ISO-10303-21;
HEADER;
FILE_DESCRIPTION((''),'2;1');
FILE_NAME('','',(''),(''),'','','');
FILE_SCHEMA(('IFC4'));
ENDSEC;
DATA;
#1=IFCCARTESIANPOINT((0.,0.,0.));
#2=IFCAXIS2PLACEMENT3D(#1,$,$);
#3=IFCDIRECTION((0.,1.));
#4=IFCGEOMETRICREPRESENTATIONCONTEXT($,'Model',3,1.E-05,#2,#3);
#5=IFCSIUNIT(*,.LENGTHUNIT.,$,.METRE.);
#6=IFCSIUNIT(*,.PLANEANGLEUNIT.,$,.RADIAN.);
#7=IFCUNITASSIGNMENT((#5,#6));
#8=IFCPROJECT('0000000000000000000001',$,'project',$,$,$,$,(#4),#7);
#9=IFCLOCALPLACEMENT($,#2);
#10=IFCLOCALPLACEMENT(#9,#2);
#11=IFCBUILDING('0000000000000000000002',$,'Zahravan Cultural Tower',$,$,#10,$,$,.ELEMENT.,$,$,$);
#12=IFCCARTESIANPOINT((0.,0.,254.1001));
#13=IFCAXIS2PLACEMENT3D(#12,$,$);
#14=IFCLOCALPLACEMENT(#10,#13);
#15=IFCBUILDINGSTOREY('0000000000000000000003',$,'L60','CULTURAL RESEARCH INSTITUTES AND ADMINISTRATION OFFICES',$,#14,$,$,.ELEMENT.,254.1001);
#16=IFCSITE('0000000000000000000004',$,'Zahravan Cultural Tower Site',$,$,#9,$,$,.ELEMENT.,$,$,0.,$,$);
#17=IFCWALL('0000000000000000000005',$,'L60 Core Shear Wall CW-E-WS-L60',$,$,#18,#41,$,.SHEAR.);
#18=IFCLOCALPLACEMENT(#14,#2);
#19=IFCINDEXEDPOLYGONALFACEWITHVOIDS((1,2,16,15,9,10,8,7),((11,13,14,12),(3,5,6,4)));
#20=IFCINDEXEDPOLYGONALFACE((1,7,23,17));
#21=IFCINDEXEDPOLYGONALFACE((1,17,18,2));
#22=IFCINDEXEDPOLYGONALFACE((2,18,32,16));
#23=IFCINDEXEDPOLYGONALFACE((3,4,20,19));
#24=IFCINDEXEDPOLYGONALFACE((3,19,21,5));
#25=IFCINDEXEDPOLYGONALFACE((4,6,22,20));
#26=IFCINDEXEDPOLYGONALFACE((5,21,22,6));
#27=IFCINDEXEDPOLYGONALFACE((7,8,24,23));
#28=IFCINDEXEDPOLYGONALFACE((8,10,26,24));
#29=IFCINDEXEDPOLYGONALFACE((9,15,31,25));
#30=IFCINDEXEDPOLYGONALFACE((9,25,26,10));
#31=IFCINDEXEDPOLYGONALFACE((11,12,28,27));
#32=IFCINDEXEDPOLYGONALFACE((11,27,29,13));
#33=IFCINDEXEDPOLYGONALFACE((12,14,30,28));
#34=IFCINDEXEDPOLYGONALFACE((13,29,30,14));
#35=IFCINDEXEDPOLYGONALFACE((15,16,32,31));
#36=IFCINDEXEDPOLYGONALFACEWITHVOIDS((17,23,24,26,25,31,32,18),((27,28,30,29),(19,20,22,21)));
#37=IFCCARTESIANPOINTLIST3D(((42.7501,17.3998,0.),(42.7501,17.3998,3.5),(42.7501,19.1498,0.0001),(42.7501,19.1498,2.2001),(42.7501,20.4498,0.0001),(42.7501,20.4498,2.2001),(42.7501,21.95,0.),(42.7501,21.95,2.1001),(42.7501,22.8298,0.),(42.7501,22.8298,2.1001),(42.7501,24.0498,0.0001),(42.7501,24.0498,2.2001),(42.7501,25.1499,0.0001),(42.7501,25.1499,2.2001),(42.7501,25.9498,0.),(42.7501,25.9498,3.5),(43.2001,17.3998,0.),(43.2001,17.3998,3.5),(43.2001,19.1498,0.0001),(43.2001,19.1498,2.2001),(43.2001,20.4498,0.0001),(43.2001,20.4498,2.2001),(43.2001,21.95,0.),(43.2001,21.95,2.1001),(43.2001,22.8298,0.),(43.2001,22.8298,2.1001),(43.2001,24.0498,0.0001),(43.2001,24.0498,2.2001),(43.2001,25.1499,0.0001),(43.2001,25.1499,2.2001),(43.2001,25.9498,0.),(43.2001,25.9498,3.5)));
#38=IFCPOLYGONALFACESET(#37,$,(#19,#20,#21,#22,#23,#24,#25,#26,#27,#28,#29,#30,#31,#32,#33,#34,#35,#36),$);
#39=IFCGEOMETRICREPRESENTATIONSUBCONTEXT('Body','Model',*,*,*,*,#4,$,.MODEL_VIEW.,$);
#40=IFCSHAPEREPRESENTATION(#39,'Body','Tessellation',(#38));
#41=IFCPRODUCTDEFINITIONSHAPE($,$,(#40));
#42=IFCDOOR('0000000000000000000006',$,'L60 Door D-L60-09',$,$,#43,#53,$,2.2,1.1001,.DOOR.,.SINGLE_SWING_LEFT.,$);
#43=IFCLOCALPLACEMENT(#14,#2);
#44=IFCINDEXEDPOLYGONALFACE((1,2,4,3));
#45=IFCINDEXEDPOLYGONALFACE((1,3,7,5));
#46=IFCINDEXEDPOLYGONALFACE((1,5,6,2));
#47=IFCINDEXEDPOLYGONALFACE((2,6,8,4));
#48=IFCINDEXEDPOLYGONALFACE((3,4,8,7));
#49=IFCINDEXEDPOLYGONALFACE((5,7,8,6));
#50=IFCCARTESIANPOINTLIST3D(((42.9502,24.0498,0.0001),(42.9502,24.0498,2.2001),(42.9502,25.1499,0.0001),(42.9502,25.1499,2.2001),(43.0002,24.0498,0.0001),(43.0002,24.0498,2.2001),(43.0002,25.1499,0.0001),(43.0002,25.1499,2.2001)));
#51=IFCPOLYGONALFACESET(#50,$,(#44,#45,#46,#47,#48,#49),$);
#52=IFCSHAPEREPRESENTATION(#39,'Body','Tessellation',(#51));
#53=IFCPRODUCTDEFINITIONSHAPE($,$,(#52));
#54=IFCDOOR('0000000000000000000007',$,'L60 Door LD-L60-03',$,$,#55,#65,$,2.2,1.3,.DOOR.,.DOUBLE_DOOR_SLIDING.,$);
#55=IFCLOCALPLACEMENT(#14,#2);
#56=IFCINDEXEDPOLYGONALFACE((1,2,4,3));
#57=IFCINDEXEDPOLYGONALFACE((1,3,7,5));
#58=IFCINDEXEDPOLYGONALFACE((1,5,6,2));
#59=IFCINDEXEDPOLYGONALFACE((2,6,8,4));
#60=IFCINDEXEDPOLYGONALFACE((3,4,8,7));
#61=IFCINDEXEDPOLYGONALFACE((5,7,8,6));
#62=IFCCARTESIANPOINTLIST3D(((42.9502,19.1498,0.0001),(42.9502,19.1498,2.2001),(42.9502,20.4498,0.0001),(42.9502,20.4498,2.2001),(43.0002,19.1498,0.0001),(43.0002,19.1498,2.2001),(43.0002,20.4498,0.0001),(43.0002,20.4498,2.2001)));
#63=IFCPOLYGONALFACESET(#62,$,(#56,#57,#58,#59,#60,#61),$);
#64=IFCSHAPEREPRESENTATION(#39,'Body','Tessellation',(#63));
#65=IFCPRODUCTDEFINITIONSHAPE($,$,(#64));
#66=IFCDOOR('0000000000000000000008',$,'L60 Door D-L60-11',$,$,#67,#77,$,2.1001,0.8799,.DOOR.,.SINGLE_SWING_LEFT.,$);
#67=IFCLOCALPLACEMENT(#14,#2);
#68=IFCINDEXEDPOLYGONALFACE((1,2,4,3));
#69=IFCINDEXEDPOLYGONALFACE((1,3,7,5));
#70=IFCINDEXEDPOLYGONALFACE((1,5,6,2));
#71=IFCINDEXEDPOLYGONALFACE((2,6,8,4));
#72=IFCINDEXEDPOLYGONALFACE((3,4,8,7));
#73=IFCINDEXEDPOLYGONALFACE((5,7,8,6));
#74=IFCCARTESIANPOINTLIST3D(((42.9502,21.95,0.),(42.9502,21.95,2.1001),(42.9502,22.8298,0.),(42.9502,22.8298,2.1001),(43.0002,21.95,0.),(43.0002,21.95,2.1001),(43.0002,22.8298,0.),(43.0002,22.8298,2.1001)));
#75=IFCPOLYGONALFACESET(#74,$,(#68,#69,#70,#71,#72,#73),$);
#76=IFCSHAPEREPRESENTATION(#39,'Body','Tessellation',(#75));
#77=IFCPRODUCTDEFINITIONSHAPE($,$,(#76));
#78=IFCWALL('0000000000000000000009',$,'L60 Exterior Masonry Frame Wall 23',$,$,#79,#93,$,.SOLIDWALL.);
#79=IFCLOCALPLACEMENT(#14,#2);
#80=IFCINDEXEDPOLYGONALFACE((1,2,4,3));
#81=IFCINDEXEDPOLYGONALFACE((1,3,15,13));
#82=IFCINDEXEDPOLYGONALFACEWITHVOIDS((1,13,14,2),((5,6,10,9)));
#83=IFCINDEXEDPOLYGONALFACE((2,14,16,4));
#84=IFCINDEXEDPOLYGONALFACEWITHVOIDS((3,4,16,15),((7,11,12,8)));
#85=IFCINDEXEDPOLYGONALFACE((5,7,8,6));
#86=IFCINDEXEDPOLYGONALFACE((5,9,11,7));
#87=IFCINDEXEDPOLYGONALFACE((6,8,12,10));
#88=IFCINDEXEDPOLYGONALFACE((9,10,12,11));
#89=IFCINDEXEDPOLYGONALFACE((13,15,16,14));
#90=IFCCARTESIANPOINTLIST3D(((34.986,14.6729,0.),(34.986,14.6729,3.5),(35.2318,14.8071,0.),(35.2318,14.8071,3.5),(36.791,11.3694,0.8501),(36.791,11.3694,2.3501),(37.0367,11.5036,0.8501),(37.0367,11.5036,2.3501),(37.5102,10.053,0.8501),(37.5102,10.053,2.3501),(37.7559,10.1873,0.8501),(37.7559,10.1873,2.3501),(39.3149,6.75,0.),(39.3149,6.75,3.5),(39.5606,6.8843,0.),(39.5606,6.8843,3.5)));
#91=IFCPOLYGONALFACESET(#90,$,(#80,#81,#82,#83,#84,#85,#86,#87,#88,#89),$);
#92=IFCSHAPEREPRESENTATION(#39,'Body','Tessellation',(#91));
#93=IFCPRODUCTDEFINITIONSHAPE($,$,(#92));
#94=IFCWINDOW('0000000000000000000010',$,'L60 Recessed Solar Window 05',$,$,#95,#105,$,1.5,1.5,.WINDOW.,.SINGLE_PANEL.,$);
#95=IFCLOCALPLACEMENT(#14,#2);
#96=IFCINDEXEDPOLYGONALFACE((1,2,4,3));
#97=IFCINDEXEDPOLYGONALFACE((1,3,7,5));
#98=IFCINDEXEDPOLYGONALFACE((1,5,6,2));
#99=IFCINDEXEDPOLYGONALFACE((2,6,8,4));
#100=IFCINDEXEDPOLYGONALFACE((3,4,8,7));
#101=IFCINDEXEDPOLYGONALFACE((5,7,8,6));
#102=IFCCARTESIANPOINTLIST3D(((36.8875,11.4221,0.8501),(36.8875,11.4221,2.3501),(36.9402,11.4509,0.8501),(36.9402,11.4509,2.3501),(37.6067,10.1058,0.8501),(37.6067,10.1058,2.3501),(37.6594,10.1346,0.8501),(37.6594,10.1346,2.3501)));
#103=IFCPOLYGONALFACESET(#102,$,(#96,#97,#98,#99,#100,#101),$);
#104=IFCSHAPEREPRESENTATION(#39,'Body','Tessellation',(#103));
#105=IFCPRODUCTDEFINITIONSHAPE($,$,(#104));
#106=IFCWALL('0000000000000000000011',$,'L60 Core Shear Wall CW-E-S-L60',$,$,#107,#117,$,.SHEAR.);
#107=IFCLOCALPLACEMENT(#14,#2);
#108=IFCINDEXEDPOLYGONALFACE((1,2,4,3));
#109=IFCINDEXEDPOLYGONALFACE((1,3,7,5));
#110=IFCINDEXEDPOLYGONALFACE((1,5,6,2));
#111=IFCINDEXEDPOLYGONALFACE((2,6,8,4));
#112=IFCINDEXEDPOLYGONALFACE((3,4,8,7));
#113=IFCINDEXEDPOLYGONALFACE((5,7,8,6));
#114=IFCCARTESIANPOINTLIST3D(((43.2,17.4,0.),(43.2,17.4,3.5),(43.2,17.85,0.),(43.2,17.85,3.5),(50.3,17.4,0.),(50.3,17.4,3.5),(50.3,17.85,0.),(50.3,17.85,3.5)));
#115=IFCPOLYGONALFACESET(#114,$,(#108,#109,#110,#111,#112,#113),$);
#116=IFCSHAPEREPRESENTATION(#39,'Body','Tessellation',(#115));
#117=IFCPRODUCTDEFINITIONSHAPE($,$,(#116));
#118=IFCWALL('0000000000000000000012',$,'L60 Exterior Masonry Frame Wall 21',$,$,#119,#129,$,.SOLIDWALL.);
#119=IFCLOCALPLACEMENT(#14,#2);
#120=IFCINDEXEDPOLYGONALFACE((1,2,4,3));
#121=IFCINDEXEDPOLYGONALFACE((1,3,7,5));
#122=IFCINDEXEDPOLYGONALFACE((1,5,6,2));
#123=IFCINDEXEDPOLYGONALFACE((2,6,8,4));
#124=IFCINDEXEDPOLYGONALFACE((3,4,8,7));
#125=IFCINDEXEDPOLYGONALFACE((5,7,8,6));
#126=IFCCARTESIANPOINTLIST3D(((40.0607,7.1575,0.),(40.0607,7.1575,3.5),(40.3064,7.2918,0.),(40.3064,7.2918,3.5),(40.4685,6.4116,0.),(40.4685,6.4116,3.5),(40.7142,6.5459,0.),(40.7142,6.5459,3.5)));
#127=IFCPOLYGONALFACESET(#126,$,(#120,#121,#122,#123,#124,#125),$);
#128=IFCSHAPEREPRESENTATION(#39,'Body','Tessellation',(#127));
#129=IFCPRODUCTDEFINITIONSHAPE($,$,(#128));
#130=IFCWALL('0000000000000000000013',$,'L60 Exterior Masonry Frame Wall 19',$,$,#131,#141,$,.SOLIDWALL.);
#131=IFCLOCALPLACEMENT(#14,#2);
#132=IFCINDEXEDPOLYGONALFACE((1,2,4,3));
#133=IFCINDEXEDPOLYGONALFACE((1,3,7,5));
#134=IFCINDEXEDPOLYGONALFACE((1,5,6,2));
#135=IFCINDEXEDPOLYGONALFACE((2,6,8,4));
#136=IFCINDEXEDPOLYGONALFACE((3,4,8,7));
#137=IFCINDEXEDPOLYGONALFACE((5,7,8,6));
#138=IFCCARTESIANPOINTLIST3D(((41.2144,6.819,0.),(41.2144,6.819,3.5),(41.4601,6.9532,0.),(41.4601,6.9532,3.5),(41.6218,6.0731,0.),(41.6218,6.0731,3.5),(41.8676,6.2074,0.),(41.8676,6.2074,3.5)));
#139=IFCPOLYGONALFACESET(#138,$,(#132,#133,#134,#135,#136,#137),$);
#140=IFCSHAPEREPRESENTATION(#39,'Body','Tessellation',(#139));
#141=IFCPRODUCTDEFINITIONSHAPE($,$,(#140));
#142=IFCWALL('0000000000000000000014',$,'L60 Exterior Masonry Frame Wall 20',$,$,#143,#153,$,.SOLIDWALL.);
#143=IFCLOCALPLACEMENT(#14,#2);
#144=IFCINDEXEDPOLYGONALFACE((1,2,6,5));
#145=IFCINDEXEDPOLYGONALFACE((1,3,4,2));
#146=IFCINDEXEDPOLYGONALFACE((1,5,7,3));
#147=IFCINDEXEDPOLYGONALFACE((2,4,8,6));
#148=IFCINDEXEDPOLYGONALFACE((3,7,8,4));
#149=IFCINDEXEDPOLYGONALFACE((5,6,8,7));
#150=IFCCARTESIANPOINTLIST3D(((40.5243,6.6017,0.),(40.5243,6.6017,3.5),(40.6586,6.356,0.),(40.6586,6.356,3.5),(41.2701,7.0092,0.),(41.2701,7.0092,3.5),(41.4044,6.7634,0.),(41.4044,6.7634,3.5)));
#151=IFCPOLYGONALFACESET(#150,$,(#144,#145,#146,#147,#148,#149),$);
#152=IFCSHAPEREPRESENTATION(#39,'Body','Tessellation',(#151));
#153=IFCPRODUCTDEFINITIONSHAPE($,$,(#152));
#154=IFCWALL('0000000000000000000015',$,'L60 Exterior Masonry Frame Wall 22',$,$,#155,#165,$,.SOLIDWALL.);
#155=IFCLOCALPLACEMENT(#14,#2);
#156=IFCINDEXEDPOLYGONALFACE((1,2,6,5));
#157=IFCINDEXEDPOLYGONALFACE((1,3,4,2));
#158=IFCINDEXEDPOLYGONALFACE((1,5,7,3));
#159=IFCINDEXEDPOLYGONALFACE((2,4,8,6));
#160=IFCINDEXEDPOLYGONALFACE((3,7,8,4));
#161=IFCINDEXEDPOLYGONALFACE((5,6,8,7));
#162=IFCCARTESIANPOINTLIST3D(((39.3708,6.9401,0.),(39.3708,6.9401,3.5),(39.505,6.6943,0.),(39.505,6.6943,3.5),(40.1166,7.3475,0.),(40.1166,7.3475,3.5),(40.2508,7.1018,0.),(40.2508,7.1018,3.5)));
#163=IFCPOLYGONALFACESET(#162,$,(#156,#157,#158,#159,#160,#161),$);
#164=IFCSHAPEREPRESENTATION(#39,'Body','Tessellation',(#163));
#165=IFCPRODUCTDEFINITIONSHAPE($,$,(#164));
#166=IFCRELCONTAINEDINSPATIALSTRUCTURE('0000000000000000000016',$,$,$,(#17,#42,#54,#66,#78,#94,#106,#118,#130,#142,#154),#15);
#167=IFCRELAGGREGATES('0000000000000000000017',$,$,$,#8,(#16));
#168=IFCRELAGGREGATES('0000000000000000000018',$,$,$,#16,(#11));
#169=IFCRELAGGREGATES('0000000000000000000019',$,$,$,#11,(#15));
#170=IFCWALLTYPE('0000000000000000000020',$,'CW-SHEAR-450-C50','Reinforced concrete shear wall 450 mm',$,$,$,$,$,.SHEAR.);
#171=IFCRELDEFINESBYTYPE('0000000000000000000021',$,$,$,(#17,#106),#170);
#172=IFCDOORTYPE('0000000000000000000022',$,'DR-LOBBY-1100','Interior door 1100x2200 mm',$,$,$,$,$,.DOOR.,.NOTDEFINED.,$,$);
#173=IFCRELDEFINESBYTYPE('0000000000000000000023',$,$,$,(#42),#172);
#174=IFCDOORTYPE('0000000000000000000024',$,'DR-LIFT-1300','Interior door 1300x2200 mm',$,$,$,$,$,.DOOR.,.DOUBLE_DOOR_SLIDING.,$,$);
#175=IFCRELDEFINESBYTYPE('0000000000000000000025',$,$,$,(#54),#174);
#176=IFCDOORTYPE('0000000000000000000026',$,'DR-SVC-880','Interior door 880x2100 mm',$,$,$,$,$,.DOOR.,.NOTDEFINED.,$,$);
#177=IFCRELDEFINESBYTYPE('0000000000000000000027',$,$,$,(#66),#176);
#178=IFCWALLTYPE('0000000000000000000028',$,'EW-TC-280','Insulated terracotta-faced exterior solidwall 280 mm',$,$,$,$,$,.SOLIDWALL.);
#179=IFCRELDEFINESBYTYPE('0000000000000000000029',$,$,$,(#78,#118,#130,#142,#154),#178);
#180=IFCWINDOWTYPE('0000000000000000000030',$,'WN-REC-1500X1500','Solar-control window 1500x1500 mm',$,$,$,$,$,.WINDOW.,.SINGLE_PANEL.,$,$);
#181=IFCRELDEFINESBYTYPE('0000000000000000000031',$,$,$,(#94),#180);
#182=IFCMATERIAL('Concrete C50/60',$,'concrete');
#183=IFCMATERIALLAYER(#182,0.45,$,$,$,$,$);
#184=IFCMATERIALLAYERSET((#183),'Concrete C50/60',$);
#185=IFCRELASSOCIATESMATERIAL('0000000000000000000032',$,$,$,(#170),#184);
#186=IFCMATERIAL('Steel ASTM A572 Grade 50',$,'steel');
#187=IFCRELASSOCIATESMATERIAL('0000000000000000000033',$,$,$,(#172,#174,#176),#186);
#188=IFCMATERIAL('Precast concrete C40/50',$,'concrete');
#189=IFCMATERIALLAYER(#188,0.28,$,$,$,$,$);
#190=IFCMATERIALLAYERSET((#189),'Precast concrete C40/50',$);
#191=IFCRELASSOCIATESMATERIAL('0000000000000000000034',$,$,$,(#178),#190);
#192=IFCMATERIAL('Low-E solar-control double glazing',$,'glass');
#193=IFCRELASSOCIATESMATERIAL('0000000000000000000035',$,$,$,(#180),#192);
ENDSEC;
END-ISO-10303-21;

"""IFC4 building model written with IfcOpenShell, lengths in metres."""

from ifc_helpers import new_model, si_unit, direction, frame, frame_2d, origin, place, context, subcontext, project, spatial, rectangle, extrude, source, transform, mapped, material, layer, layer_set, type_object, element, fill, save


model = new_model("IFC4")

# Units and contexts
model_context = context("Model", 3, precision=1e-05, world=origin(), true_north=direction((0.0, 1.0)))
body_context = subcontext(model_context, "Body", "Model", "MODEL_VIEW")
ifc_project = project(units=[si_unit("LENGTHUNIT", "METRE"), si_unit("PLANEANGLEUNIT", "RADIAN")], contexts=[model_context])

# Site, building, storey
site_placement = place(None, origin())
site = spatial("IfcSite", under=ifc_project, at=site_placement, Name="Zahravan Cultural Tower Site", CompositionType="ELEMENT", RefElevation=0.0)
building_placement = place(site_placement, origin())
building = spatial("IfcBuilding", under=site, at=building_placement, Name="Zahravan Cultural Tower", CompositionType="ELEMENT")
storey_placement = place(building_placement, frame((0.0, 0.0, 254.1001)))
storey = spatial("IfcBuildingStorey", under=building, at=storey_placement, Name="L60", Description="CULTURAL RESEARCH INSTITUTES AND ADMINISTRATION OFFICES", CompositionType="ELEMENT", Elevation=254.1001)

# Shared definitions
ifc_material_1 = material(Name="Concrete C50/60", Category="concrete")

# Wall, openings, doors
ifc_layer_1 = layer(ifc_material_1, 0.45)
ifc_layer_set_1 = layer_set([ifc_layer_1], Name="Concrete C50/60")
wall_type_1 = type_object("IfcWallType", Name="CW-SHEAR-450-C50", Description="Reinforced concrete shear wall 450 mm", PredefinedType="SHEAR", material=ifc_layer_set_1)
wall_1_placement = place(storey_placement, frame((42.9751, 17.3999, 0.0), z_axis=(0.0, 0.0, 1.0), x_axis=(0.0, 1.0, 0.0)))
wall_1 = element("IfcWall", 1, at=wall_1_placement, inside=storey, type_object=wall_type_1, Name="L60 Core Shear Wall CW-E-WS-L60", PredefinedType="SHEAR", context=body_context, shape_type="SweptSolid", body=[
    extrude(rectangle(XDim=8.55, YDim=0.45, at=frame_2d((4.2749, 0.0))), origin(), (0.0, 0.0, 1.0), 3.5),
])
opening_1_placement = place(wall_1_placement, frame((6.6499, 0.0, 0.0)))
opening_1 = element("IfcOpeningElement", 2, at=opening_1_placement, cuts=wall_1, PredefinedType="OPENING", context=body_context, shape_type="SweptSolid", body=[
    extrude(rectangle(XDim=1.1001, YDim=2.2, at=frame_2d((0.55, 1.1001))), frame((0.0, 0.2349, 0.0), z_axis=(0.0, -1.0, 0.0), x_axis=(1.0, 0.0, 0.0)), (0.0, 0.0, 1.0), 0.47),
])
opening_2_placement = place(wall_1_placement, frame((1.75, 0.0, 0.0)))
opening_2 = element("IfcOpeningElement", 3, at=opening_2_placement, cuts=wall_1, PredefinedType="OPENING", context=body_context, shape_type="SweptSolid", body=[
    extrude(rectangle(XDim=1.3, YDim=2.2, at=frame_2d((0.6499, 1.1001))), frame((0.0, 0.2349, 0.0), z_axis=(0.0, -1.0, 0.0), x_axis=(1.0, 0.0, 0.0)), (0.0, 0.0, 1.0), 0.47),
])
opening_3_placement = place(wall_1_placement, frame((4.55, 0.0, 0.0)))
opening_3 = element("IfcOpeningElement", 4, at=opening_3_placement, cuts=wall_1, PredefinedType="OPENING", context=body_context, shape_type="SweptSolid", body=[
    extrude(rectangle(XDim=0.8799, YDim=2.1001, at=frame_2d((0.4399, 1.05))), frame((0.0, 0.2349, 0.0), z_axis=(0.0, -1.0, 0.0), x_axis=(1.0, 0.0, 0.0)), (0.0, 0.0, 1.0), 0.47),
])
ifc_material_2 = material(Name="Steel ASTM A572 Grade 50", Category="steel")
door_type_1 = type_object("IfcDoorType", Name="DR-LOBBY-1100", Description="Interior door 1100x2200 mm", OperationType="NOTDEFINED", PredefinedType="DOOR", material=ifc_material_2)
shared_shape_1 = source(origin(), body_context, "Body", "SweptSolid", [
    extrude(rectangle(XDim=1.1001, YDim=2.2, at=frame_2d((0.55, 1.1001))), frame((0.0, 0.0249, 0.0), z_axis=(0.0, -1.0, 0.0), x_axis=(1.0, 0.0, 0.0)), (0.0, 0.0, 1.0), 0.05),
])
door_1_placement = place(opening_1_placement, origin())
door_1 = element("IfcDoor", 5, at=door_1_placement, inside=storey, type_object=door_type_1, Name="L60 Door D-L60-09", OperationType="SINGLE_SWING_LEFT", OverallHeight=2.2, OverallWidth=1.1001, PredefinedType="DOOR", context=body_context, shape_type="MappedRepresentation", body=[
    mapped(shared_shape_1, transform((0.0, 0.0, 0.0), x_axis=(1.0, 0.0, 0.0), y_axis=(0.0, 1.0, 0.0), z_axis=(0.0, 0.0, 1.0), scale=1.0)),
])
fill(opening_1, door_1)
door_type_2 = type_object("IfcDoorType", Name="DR-LIFT-1300", Description="Interior door 1300x2200 mm", OperationType="DOUBLE_DOOR_SLIDING", PredefinedType="DOOR", material=ifc_material_2)
shared_shape_2 = source(origin(), body_context, "Body", "SweptSolid", [
    extrude(rectangle(XDim=1.3, YDim=2.2, at=frame_2d((0.6499, 1.1001))), frame((0.0, 0.0249, 0.0), z_axis=(0.0, -1.0, 0.0), x_axis=(1.0, 0.0, 0.0)), (0.0, 0.0, 1.0), 0.05),
])
door_2_placement = place(opening_2_placement, origin())
door_2 = element("IfcDoor", 6, at=door_2_placement, inside=storey, type_object=door_type_2, Name="L60 Door LD-L60-03", OperationType="DOUBLE_DOOR_SLIDING", OverallHeight=2.2, OverallWidth=1.3, PredefinedType="DOOR", context=body_context, shape_type="MappedRepresentation", body=[
    mapped(shared_shape_2, transform((0.0, 0.0, 0.0), x_axis=(1.0, 0.0, 0.0), y_axis=(0.0, 1.0, 0.0), z_axis=(0.0, 0.0, 1.0), scale=1.0)),
])
fill(opening_2, door_2)
door_type_3 = type_object("IfcDoorType", Name="DR-SVC-880", Description="Interior door 880x2100 mm", OperationType="NOTDEFINED", PredefinedType="DOOR", material=ifc_material_2)
shared_shape_3 = source(origin(), body_context, "Body", "SweptSolid", [
    extrude(rectangle(XDim=0.8799, YDim=2.1001, at=frame_2d((0.4399, 1.05))), frame((0.0, 0.0249, 0.0), z_axis=(0.0, -1.0, 0.0), x_axis=(1.0, 0.0, 0.0)), (0.0, 0.0, 1.0), 0.05),
])
door_3_placement = place(opening_3_placement, origin())
door_3 = element("IfcDoor", 7, at=door_3_placement, inside=storey, type_object=door_type_3, Name="L60 Door D-L60-11", OperationType="SINGLE_SWING_LEFT", OverallHeight=2.1001, OverallWidth=0.8799, PredefinedType="DOOR", context=body_context, shape_type="MappedRepresentation", body=[
    mapped(shared_shape_3, transform((0.0, 0.0, 0.0), x_axis=(1.0, 0.0, 0.0), y_axis=(0.0, 1.0, 0.0), z_axis=(0.0, 0.0, 1.0), scale=1.0)),
])
fill(opening_3, door_3)

# Wall, opening, window
ifc_material_3 = material(Name="Precast concrete C40/50", Category="concrete")
ifc_layer_2 = layer(ifc_material_3, 0.28)
ifc_layer_set_2 = layer_set([ifc_layer_2], Name="Precast concrete C40/50")
wall_type_2 = type_object("IfcWallType", Name="EW-TC-280", Description="Insulated terracotta-faced exterior solidwall 280 mm", PredefinedType="SOLIDWALL", material=ifc_layer_set_2)
wall_2_placement = place(storey_placement, frame((39.4377, 6.8171, 0.0), z_axis=(0.0, 0.0, 1.0), x_axis=(-0.479475, 0.877555, 0.0)))
wall_2 = element("IfcWall", 8, at=wall_2_placement, inside=storey, type_object=wall_type_2, Name="L60 Exterior Masonry Frame Wall 23", PredefinedType="SOLIDWALL", context=body_context, shape_type="SweptSolid", body=[
    extrude(rectangle(XDim=9.0283, YDim=0.28, at=frame_2d((4.5142, 0.0))), origin(), (0.0, 0.0, 1.0), 3.5),
])
opening_4_placement = place(wall_2_placement, frame((3.7639, 0.0, 0.8501)))
opening_4 = element("IfcOpeningElement", 9, at=opening_4_placement, cuts=wall_2, PredefinedType="OPENING", context=body_context, shape_type="SweptSolid", body=[
    extrude(rectangle(XDim=1.5, YDim=1.5, at=frame_2d((0.75, 0.75))), frame((0.0, 0.1499, 0.0), z_axis=(0.0, -1.0, 0.0), x_axis=(1.0, 0.0, 0.0)), (0.0, 0.0, 1.0), 0.3),
])
ifc_material_4 = material(Name="Low-E solar-control double glazing", Category="glass")
window_type = type_object("IfcWindowType", Name="WN-REC-1500X1500", Description="Solar-control window 1500x1500 mm", PartitioningType="SINGLE_PANEL", PredefinedType="WINDOW", material=ifc_material_4)
shared_shape_4 = source(origin(), body_context, "Body", "SweptSolid", [
    extrude(rectangle(XDim=1.5, YDim=1.5, at=frame_2d((0.75, 0.75))), frame((0.0, 0.03, 0.0), z_axis=(0.0, -1.0, 0.0), x_axis=(1.0, 0.0, 0.0)), (0.0, 0.0, 1.0), 0.0601),
])
window_placement = place(opening_4_placement, origin())
window = element("IfcWindow", 10, at=window_placement, inside=storey, type_object=window_type, Name="L60 Recessed Solar Window 05", OverallHeight=1.5, OverallWidth=1.5, PartitioningType="SINGLE_PANEL", PredefinedType="WINDOW", context=body_context, shape_type="MappedRepresentation", body=[
    mapped(shared_shape_4, transform((0.0, 0.0, 0.0), x_axis=(1.0, 0.0, 0.0), y_axis=(0.0, 1.0, 0.0), z_axis=(0.0, 0.0, 1.0), scale=1.0)),
])
fill(opening_4, window)

# Walls
shared_shape_5 = source(origin(), body_context, "Body", "SweptSolid", [
    extrude(rectangle(XDim=7.1001, YDim=0.45, at=frame_2d((3.55, 0.0))), origin(), (0.0, 0.0, 1.0), 3.5),
])
wall_3_placement = place(storey_placement, frame((43.2, 17.625, 0.0), z_axis=(0.0, 0.0, 1.0), x_axis=(1.0, 0.0, 0.0)))
element("IfcWall", 11, at=wall_3_placement, inside=storey, type_object=wall_type_1, Name="L60 Core Shear Wall CW-E-S-L60", PredefinedType="SHEAR", context=body_context, shape_type="MappedRepresentation", body=[
    mapped(shared_shape_5, transform((0.0, 0.0, 0.0), x_axis=(1.0, 0.0, 0.0), y_axis=(0.0, 1.0, 0.0), z_axis=(0.0, 0.0, 1.0), scale=1.0)),
])
shared_shape_6 = source(origin(), body_context, "Body", "SweptSolid", [
    extrude(rectangle(XDim=0.8501, YDim=0.28, at=frame_2d((0.425, 0.0))), origin(), (0.0, 0.0, 1.0), 3.5),
])
wall_4_placement = place(storey_placement, frame((40.5913, 6.4788, 0.0), z_axis=(0.0, 0.0, 1.0), x_axis=(-0.479657, 0.877456, 0.0)))
element("IfcWall", 12, at=wall_4_placement, inside=storey, type_object=wall_type_2, Name="L60 Exterior Masonry Frame Wall 21", PredefinedType="SOLIDWALL", context=body_context, shape_type="MappedRepresentation", body=[
    mapped(shared_shape_6, transform((0.0, 0.0, 0.0), x_axis=(1.0, 0.0, 0.0), y_axis=(0.0, 1.0, 0.0), z_axis=(0.0, 0.0, 1.0), scale=1.0)),
])
shared_shape_7 = source(origin(), body_context, "Body", "SweptSolid", [
    extrude(rectangle(XDim=0.8499, YDim=0.28, at=frame_2d((0.4248, 0.0))), origin(), (0.0, 0.0, 1.0), 3.5),
])
for number, where, z_axis, x_axis, name in (
    (13, (41.7446, 6.1404, 0.0), (0.0, 0.0, 1.0), (-0.479436, 0.877577, 0.0), "L60 Exterior Masonry Frame Wall 19"),
    (14, (41.3372, 6.8862, 0.0), (0.0, 0.0, 1.0), (-0.877577, -0.479436, 0.0), "L60 Exterior Masonry Frame Wall 20"),
    (15, (40.1836, 7.2246, 0.0), (0.0, 0.0, 1.0), (-0.877577, -0.479436, 0.0), "L60 Exterior Masonry Frame Wall 22"),
):
    element("IfcWall", number, at=place(storey_placement, frame(where, z_axis=z_axis, x_axis=x_axis)), inside=storey, type_object=wall_type_2, Name=name, PredefinedType="SOLIDWALL", context=body_context, shape_type="MappedRepresentation", body=[
        mapped(shared_shape_7, transform((0.0, 0.0, 0.0), x_axis=(1.0, 0.0, 0.0), y_axis=(0.0, 1.0, 0.0), z_axis=(0.0, 0.0, 1.0), scale=1.0)),
    ])

save(model, "model.ifc")
